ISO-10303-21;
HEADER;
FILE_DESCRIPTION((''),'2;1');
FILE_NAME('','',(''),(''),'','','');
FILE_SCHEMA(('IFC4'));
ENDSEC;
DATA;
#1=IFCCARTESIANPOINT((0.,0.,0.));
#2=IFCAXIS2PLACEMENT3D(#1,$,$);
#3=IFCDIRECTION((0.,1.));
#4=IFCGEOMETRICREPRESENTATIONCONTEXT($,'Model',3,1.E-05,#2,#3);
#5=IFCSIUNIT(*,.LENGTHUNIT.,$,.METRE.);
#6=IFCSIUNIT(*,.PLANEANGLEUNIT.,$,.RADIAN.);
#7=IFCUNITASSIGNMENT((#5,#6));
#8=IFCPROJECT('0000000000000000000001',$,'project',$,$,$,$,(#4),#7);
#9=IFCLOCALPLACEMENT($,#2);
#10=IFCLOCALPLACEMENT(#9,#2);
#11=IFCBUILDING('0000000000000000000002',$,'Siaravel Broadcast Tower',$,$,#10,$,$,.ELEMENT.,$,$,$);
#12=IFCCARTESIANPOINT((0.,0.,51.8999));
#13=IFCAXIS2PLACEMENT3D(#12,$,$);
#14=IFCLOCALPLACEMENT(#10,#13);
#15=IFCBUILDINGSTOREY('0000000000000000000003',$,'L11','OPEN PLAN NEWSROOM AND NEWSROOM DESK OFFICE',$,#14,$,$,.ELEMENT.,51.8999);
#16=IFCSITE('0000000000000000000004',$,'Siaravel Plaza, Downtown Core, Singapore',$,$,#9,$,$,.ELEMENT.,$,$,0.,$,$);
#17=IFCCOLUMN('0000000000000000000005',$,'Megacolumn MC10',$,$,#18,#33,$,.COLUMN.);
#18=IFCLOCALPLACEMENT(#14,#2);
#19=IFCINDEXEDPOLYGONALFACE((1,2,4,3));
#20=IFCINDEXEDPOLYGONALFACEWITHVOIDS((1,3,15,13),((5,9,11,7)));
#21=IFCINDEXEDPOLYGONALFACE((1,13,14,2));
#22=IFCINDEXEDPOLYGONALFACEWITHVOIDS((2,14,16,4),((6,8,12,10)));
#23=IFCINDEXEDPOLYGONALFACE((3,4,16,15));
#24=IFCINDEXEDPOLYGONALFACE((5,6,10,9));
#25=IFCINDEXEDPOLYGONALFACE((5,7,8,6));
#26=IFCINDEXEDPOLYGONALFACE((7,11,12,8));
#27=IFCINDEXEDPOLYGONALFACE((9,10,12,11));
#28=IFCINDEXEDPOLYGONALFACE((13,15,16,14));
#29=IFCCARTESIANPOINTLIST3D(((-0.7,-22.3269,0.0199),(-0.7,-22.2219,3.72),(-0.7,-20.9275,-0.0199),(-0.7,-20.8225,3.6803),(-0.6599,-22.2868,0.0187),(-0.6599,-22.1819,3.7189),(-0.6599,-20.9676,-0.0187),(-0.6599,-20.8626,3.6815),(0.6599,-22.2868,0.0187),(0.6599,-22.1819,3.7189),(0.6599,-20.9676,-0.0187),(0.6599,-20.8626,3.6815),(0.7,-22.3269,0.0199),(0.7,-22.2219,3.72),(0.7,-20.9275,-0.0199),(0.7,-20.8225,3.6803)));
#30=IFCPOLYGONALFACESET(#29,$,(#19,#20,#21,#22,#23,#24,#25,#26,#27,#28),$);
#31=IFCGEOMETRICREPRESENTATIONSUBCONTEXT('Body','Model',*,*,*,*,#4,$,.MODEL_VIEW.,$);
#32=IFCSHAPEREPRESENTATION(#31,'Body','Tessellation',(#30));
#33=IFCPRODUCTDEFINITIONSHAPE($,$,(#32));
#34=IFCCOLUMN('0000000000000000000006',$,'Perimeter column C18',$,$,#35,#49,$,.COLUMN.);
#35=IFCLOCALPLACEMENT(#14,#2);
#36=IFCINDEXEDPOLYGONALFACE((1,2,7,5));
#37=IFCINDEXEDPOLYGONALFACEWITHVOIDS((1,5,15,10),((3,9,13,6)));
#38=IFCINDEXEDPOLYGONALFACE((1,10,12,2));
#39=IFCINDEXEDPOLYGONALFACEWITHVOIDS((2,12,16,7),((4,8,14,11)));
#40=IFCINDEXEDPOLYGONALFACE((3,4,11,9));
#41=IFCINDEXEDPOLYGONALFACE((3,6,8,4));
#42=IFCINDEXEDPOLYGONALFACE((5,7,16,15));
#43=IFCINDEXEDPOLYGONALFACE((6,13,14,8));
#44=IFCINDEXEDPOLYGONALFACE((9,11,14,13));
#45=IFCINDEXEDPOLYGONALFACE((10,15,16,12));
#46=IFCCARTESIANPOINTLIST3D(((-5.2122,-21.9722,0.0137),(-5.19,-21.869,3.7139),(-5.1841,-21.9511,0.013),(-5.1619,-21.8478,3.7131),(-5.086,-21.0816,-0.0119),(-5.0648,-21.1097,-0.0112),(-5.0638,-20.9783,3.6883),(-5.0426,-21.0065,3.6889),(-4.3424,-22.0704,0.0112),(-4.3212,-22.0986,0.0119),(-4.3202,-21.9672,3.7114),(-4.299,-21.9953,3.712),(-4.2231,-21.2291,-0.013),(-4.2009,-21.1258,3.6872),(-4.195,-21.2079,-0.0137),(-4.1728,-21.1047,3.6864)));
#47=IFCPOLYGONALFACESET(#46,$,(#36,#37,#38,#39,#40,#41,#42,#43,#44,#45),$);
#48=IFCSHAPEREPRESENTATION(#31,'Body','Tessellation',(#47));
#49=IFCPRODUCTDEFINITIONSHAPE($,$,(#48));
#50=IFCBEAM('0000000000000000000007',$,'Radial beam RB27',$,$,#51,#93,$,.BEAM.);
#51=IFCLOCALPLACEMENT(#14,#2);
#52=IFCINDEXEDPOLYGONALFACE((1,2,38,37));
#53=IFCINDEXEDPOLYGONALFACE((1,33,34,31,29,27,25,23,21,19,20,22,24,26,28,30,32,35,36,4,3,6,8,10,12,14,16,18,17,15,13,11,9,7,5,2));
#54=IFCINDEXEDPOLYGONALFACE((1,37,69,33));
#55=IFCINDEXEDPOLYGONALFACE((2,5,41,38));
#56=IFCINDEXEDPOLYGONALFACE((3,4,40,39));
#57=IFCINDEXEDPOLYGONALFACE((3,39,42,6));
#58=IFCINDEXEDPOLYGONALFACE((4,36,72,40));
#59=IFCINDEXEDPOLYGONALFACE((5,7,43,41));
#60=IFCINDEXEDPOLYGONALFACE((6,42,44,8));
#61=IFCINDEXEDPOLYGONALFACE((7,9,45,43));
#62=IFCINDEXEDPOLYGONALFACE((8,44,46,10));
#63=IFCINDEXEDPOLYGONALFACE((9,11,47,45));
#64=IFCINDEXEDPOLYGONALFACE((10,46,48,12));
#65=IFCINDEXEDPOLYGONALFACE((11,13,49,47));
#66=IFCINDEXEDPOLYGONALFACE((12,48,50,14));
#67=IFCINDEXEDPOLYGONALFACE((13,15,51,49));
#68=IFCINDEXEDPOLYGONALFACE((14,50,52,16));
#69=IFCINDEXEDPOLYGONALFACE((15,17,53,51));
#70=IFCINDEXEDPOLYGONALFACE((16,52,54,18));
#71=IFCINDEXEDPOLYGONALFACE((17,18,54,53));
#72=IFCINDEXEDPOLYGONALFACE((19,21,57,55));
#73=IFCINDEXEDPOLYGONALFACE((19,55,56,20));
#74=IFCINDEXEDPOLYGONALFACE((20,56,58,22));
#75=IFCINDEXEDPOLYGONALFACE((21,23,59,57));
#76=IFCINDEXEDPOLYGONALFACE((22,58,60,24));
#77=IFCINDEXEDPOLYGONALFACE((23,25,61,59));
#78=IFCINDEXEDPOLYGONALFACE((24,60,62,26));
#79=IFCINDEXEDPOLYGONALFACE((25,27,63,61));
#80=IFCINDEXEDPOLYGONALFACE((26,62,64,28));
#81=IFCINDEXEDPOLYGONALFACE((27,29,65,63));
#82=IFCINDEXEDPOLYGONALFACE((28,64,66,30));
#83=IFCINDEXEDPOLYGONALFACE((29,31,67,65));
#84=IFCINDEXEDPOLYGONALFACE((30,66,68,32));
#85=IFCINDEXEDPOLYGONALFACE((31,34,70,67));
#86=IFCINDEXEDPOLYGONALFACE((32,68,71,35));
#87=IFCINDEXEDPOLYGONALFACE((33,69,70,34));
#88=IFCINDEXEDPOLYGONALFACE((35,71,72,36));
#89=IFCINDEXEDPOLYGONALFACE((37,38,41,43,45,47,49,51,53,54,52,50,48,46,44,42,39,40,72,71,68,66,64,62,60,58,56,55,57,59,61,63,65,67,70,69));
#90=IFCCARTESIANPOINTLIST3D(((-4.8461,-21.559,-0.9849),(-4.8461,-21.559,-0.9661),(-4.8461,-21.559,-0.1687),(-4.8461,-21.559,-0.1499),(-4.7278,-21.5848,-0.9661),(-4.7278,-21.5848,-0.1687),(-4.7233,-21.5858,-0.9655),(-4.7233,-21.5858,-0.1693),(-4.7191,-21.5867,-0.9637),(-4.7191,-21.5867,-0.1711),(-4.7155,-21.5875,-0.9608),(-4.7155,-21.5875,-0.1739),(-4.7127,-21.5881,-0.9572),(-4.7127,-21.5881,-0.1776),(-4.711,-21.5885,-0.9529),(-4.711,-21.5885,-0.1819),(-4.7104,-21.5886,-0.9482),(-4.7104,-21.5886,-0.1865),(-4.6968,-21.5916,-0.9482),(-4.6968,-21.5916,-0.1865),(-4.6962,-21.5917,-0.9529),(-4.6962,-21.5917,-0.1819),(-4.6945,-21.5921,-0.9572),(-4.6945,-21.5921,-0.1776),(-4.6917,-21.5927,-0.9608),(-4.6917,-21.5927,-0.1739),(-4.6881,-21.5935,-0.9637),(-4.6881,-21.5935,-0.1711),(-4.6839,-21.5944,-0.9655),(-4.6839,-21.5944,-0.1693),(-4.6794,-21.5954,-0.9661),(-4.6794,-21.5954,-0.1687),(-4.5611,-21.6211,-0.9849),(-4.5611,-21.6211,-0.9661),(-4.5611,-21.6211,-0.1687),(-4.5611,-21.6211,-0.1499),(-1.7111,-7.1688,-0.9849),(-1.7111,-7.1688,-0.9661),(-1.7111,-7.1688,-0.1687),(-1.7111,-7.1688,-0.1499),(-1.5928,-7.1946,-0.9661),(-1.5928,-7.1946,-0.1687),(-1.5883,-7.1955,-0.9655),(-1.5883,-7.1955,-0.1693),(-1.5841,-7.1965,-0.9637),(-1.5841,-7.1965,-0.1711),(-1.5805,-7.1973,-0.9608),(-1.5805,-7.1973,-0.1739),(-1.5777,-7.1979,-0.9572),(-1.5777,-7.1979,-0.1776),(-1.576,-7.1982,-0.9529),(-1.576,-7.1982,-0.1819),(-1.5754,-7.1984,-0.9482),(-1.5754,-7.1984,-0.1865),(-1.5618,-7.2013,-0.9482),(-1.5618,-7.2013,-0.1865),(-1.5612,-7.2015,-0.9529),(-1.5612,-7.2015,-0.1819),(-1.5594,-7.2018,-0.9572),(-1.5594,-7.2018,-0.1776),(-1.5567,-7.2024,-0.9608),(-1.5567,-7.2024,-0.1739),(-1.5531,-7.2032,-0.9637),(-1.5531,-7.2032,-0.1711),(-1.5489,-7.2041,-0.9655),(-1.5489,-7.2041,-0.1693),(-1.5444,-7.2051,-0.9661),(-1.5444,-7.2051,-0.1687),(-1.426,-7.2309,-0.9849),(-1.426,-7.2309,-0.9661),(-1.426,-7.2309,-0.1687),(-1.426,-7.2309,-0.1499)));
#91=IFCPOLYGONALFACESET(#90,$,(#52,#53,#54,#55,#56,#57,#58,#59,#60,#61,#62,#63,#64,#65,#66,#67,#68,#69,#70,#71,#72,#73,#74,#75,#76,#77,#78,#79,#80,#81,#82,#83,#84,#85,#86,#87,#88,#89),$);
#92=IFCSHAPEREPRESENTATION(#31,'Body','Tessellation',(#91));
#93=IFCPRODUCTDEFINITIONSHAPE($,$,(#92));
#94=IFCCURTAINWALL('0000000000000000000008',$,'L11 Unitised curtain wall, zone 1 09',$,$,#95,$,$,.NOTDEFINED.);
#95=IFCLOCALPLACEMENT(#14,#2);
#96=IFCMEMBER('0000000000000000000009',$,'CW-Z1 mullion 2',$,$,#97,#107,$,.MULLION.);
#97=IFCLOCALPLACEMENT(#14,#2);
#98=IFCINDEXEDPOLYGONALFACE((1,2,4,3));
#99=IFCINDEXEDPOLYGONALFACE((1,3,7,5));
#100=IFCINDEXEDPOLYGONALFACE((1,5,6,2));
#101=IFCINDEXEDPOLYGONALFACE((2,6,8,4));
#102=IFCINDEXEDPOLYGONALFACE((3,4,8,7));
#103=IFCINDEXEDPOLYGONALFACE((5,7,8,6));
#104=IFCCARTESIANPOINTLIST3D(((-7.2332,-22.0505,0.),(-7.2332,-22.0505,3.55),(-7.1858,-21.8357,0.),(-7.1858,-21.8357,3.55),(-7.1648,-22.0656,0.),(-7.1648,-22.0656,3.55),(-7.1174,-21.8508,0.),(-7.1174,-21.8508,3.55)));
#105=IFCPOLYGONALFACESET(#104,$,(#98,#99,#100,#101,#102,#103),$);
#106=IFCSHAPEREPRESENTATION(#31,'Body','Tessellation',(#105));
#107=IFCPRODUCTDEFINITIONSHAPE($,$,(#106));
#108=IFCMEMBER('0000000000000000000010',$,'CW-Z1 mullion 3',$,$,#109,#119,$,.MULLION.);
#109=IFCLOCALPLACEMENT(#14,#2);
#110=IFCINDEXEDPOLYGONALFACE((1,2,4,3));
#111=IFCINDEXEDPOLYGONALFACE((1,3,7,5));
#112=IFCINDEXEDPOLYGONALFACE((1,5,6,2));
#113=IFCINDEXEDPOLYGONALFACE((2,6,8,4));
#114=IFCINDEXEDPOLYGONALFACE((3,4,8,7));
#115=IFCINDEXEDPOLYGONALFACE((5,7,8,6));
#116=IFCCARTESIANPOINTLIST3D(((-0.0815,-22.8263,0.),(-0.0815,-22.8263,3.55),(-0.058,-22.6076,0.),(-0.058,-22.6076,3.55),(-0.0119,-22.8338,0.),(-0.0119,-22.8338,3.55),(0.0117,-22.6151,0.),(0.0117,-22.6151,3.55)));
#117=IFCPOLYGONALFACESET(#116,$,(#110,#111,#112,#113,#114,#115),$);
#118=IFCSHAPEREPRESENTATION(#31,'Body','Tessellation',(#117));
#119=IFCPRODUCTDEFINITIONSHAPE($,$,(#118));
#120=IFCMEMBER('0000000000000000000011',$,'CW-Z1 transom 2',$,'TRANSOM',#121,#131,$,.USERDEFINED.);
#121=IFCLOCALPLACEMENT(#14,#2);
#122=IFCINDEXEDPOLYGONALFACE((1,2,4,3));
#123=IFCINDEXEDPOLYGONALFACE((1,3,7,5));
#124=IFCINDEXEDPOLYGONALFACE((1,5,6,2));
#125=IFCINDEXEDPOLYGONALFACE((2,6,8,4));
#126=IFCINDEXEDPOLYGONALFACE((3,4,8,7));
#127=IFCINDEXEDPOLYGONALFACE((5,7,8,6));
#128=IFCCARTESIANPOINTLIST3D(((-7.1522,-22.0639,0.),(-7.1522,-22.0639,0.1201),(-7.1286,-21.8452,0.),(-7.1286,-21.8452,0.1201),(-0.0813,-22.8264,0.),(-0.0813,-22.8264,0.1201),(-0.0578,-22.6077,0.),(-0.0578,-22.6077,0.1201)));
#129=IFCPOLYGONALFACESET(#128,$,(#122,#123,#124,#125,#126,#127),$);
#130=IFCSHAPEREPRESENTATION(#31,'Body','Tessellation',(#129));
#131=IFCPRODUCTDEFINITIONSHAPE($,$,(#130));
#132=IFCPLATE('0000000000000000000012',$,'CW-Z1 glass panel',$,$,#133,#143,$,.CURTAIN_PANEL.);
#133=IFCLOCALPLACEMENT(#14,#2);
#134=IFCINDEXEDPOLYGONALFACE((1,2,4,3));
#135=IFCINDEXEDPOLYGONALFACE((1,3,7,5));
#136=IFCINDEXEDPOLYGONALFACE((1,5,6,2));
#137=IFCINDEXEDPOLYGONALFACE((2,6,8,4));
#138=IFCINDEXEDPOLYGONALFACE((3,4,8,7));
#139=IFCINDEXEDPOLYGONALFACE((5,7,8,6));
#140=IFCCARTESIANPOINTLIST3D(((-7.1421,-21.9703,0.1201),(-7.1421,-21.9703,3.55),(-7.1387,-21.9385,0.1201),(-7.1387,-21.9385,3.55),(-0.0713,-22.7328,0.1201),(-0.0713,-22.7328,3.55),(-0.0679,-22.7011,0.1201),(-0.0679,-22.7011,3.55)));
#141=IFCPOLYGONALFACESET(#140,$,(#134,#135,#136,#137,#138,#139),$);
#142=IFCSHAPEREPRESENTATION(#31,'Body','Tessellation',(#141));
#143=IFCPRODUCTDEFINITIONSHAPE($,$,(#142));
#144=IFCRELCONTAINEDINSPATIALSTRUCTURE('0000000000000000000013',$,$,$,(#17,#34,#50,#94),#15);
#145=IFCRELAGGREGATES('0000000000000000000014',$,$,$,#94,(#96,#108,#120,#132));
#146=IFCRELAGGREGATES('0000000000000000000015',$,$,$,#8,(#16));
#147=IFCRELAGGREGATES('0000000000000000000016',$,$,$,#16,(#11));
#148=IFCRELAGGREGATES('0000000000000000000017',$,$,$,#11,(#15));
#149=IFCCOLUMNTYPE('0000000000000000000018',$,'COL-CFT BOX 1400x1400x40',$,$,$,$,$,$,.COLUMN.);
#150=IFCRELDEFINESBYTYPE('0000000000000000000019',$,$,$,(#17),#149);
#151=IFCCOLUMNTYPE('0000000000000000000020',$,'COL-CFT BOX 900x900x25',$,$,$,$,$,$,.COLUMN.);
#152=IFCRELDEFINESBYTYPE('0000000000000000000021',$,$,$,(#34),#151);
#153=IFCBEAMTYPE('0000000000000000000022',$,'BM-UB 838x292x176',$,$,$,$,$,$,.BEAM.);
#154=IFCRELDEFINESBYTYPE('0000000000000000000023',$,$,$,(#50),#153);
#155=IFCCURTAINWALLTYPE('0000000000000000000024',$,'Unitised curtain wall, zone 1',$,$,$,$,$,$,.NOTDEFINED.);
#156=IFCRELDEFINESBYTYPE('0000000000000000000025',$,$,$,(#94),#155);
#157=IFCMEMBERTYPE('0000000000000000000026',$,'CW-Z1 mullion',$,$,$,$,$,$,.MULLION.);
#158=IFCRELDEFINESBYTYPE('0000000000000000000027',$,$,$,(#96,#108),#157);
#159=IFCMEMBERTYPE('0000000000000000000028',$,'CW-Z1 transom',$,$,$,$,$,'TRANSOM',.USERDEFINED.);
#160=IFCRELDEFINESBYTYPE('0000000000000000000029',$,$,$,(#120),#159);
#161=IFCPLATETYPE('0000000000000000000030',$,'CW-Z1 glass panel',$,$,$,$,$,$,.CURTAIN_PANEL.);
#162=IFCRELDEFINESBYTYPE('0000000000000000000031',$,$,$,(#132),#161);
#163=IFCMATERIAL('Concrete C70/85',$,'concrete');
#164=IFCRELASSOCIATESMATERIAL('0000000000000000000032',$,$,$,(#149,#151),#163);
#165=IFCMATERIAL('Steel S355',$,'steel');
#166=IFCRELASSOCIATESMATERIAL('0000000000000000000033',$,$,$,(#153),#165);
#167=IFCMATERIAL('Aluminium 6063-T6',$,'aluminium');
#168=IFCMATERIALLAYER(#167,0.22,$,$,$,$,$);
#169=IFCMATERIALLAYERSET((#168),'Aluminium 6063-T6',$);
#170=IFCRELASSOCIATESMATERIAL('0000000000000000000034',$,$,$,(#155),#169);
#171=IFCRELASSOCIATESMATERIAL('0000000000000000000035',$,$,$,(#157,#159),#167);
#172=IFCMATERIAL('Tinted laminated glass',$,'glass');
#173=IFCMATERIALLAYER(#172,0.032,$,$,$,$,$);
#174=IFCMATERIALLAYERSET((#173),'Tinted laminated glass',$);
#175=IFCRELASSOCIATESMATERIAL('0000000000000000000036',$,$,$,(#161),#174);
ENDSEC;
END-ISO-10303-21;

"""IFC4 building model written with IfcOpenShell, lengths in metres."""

from ifc_helpers import new_model, si_unit, direction, frame, origin, origin_2d, place, context, subcontext, project, spatial, rectangle, hollow_rectangle, i_section, extrude, material, layer, layer_set, material_profile, profile_set, type_object, element, aggregate, save


model = new_model("IFC4")

# Units and contexts
model_context = context("Model", 3, precision=1e-05, world=origin(), true_north=direction((0.0, 1.0)))
body_context = subcontext(model_context, "Body", "Model", "MODEL_VIEW")
ifc_project = project(units=[si_unit("LENGTHUNIT", "METRE"), si_unit("PLANEANGLEUNIT", "RADIAN")], contexts=[model_context])

# Site, building, storey
site_placement = place(None, origin())
site = spatial("IfcSite", under=ifc_project, at=site_placement, Name="Siaravel Plaza, Downtown Core, Singapore", CompositionType="ELEMENT", RefElevation=0.0)
building_placement = place(site_placement, origin())
building = spatial("IfcBuilding", under=site, at=building_placement, Name="Siaravel Broadcast Tower", CompositionType="ELEMENT")
storey_placement = place(building_placement, frame((0.0, 0.0, 51.8999)))
storey = spatial("IfcBuildingStorey", under=building, at=storey_placement, Name="L11", Description="OPEN PLAN NEWSROOM AND NEWSROOM DESK OFFICE", CompositionType="ELEMENT", Elevation=51.8999)

# Columns
ifc_material_1 = material(Name="Concrete C70/85", Category="concrete")
ifc_material_profile_1 = material_profile(ifc_material_1, hollow_rectangle(XDim=1.3999, YDim=1.3999, WallThickness=0.04, at=origin_2d()))
ifc_profile_set_1 = profile_set([ifc_material_profile_1], Name="Concrete C70/85")
column_type_1 = type_object("IfcColumnType", Name="COL-CFT BOX 1400x1400x40", PredefinedType="COLUMN", material=ifc_profile_set_1)
column_1_placement = place(storey_placement, frame((0.0, -21.6272, 0.0), z_axis=(0.0, 0.02836, 0.999598), x_axis=(-1.0, 0.0, 0.0)))
element("IfcColumn", 1, at=column_1_placement, inside=storey, type_object=column_type_1, Name="Megacolumn MC10", PredefinedType="COLUMN", context=body_context, shape_type="SweptSolid", body=[
    extrude(hollow_rectangle(XDim=1.3999, YDim=1.3999, WallThickness=0.04, at=origin_2d()), origin(), (0.0, 0.0, 1.0), 3.7017),
])
ifc_material_profile_2 = material_profile(ifc_material_1, hollow_rectangle(XDim=0.8999, YDim=0.8999, WallThickness=0.0249, at=origin_2d()))
ifc_profile_set_2 = profile_set([ifc_material_profile_2], Name="Concrete C70/85")
column_type_2 = type_object("IfcColumnType", Name="COL-CFT BOX 900x900x25", PredefinedType="COLUMN", material=ifc_profile_set_2)
column_2_placement = place(storey_placement, frame((-4.7036, -21.5901, 0.0), z_axis=(0.006002, 0.027898, 0.999593), x_axis=(-0.990094, 0.140394, 0.002026)))
element("IfcColumn", 2, at=column_2_placement, inside=storey, type_object=column_type_2, Name="Perimeter column C18", PredefinedType="COLUMN", context=body_context, shape_type="SweptSolid", body=[
    extrude(hollow_rectangle(XDim=0.8999, YDim=0.8999, WallThickness=0.0249, at=origin_2d()), origin(), (0.0, 0.0, 1.0), 3.7017),
])

# Beam
ifc_material_2 = material(Name="Steel S355", Category="steel")
ifc_material_profile_3 = material_profile(ifc_material_2, i_section(OverallWidth=0.2917, OverallDepth=0.835, WebThickness=0.0139, FlangeThickness=0.0188, FilletRadius=0.0178, at=origin_2d()))
ifc_profile_set_3 = profile_set([ifc_material_profile_3], Name="Steel S355")
beam_type = type_object("IfcBeamType", Name="BM-UB 838x292x176", PredefinedType="BEAM", material=ifc_profile_set_3)
beam_placement = place(storey_placement, frame((-4.7036, -21.5901, -0.5674), z_axis=(0.212865, 0.977082, 0.0), x_axis=(-0.977082, 0.212865, 0.0)))
element("IfcBeam", 3, at=beam_placement, inside=storey, type_object=beam_type, Name="Radial beam RB27", PredefinedType="BEAM", context=body_context, shape_type="SweptSolid", body=[
    extrude(i_section(OverallWidth=0.2917, OverallDepth=0.835, WebThickness=0.0139, FlangeThickness=0.0188, FilletRadius=0.0178, at=origin_2d()), origin(), (0.0, 0.0, 1.0), 14.7278),
])

# Curtain wall, members, plate
ifc_material_3 = material(Name="Aluminium 6063-T6", Category="aluminium")
ifc_layer_1 = layer(ifc_material_3, 0.22)
ifc_layer_set_1 = layer_set([ifc_layer_1], Name="Aluminium 6063-T6")
curtain_wall_type = type_object("IfcCurtainWallType", Name="Unitised curtain wall, zone 1", PredefinedType="NOTDEFINED", material=ifc_layer_set_1)
curtain_wall_placement = place(storey_placement, origin())
curtain_wall = element("IfcCurtainWall", 4, at=curtain_wall_placement, inside=storey, type_object=curtain_wall_type, Name="L11 Unitised curtain wall, zone 1 09", PredefinedType="NOTDEFINED")
ifc_material_profile_4 = material_profile(ifc_material_3, rectangle(XDim=0.22, YDim=0.0701, at=origin_2d()))
ifc_profile_set_4 = profile_set([ifc_material_profile_4], Name="Aluminium 6063-T6")
member_type_1 = type_object("IfcMemberType", Name="CW-Z1 mullion", PredefinedType="MULLION", material=ifc_profile_set_4)
member_1_placement = place(storey_placement, frame((-7.1753, -21.9507, 0.0), z_axis=(0.0, 0.0, 1.0), x_axis=(0.215558, 0.976491, 0.0)))
member_1 = element("IfcMember", 5, at=member_1_placement, type_object=member_type_1, Name="CW-Z1 mullion 2", PredefinedType="MULLION", context=body_context, shape_type="SweptSolid", body=[
    extrude(rectangle(XDim=0.22, YDim=0.0701, at=origin_2d()), origin(), (0.0, 0.0, 1.0), 3.55),
])
member_2_placement = place(storey_placement, frame((-0.0349, -22.7207, 0.0), z_axis=(0.0, 0.0, 1.0), x_axis=(0.107218, 0.994236, 0.0)))
member_2 = element("IfcMember", 6, at=member_2_placement, type_object=member_type_1, Name="CW-Z1 mullion 3", PredefinedType="MULLION", context=body_context, shape_type="SweptSolid", body=[
    extrude(rectangle(XDim=0.22, YDim=0.0701, at=origin_2d()), origin(), (0.0, 0.0, 1.0), 3.55),
])
ifc_material_profile_5 = material_profile(ifc_material_3, rectangle(XDim=0.22, YDim=0.1201, at=origin_2d()))
ifc_profile_set_5 = profile_set([ifc_material_profile_5], Name="Aluminium 6063-T6")
member_type_2 = type_object("IfcMemberType", Name="CW-Z1 transom", ElementType="TRANSOM", PredefinedType="USERDEFINED", material=ifc_profile_set_5)
member_3_placement = place(storey_placement, frame((-7.1404, -21.9546, 0.0601), z_axis=(0.994236, -0.107209, 0.0), x_axis=(0.107209, 0.994236, 0.0)))
member_3 = element("IfcMember", 7, at=member_3_placement, type_object=member_type_2, Name="CW-Z1 transom 2", ObjectType="TRANSOM", PredefinedType="USERDEFINED", context=body_context, shape_type="SweptSolid", body=[
    extrude(rectangle(XDim=0.22, YDim=0.1201, at=origin_2d()), origin(), (0.0, 0.0, 1.0), 7.1118),
])
ifc_material_4 = material(Name="Tinted laminated glass", Category="glass")
ifc_layer_2 = layer(ifc_material_4, 0.032)
ifc_layer_set_2 = layer_set([ifc_layer_2], Name="Tinted laminated glass")
plate_type = type_object("IfcPlateType", Name="CW-Z1 glass panel", PredefinedType="CURTAIN_PANEL", material=ifc_layer_set_2)
plate_placement = place(storey_placement, frame((-3.605, -22.3357, 0.1201), z_axis=(0.0, 0.0, 1.0), x_axis=(0.994236, -0.107218, 0.0)))
plate = element("IfcPlate", 8, at=plate_placement, type_object=plate_type, Name="CW-Z1 glass panel", PredefinedType="CURTAIN_PANEL", context=body_context, shape_type="SweptSolid", body=[
    extrude(rectangle(XDim=7.1118, YDim=0.032, at=origin_2d()), origin(), (0.0, 0.0, 1.0), 3.4299),
])
aggregate(curtain_wall, [member_1, member_2, member_3, plate])

save(model, "model.ifc")
